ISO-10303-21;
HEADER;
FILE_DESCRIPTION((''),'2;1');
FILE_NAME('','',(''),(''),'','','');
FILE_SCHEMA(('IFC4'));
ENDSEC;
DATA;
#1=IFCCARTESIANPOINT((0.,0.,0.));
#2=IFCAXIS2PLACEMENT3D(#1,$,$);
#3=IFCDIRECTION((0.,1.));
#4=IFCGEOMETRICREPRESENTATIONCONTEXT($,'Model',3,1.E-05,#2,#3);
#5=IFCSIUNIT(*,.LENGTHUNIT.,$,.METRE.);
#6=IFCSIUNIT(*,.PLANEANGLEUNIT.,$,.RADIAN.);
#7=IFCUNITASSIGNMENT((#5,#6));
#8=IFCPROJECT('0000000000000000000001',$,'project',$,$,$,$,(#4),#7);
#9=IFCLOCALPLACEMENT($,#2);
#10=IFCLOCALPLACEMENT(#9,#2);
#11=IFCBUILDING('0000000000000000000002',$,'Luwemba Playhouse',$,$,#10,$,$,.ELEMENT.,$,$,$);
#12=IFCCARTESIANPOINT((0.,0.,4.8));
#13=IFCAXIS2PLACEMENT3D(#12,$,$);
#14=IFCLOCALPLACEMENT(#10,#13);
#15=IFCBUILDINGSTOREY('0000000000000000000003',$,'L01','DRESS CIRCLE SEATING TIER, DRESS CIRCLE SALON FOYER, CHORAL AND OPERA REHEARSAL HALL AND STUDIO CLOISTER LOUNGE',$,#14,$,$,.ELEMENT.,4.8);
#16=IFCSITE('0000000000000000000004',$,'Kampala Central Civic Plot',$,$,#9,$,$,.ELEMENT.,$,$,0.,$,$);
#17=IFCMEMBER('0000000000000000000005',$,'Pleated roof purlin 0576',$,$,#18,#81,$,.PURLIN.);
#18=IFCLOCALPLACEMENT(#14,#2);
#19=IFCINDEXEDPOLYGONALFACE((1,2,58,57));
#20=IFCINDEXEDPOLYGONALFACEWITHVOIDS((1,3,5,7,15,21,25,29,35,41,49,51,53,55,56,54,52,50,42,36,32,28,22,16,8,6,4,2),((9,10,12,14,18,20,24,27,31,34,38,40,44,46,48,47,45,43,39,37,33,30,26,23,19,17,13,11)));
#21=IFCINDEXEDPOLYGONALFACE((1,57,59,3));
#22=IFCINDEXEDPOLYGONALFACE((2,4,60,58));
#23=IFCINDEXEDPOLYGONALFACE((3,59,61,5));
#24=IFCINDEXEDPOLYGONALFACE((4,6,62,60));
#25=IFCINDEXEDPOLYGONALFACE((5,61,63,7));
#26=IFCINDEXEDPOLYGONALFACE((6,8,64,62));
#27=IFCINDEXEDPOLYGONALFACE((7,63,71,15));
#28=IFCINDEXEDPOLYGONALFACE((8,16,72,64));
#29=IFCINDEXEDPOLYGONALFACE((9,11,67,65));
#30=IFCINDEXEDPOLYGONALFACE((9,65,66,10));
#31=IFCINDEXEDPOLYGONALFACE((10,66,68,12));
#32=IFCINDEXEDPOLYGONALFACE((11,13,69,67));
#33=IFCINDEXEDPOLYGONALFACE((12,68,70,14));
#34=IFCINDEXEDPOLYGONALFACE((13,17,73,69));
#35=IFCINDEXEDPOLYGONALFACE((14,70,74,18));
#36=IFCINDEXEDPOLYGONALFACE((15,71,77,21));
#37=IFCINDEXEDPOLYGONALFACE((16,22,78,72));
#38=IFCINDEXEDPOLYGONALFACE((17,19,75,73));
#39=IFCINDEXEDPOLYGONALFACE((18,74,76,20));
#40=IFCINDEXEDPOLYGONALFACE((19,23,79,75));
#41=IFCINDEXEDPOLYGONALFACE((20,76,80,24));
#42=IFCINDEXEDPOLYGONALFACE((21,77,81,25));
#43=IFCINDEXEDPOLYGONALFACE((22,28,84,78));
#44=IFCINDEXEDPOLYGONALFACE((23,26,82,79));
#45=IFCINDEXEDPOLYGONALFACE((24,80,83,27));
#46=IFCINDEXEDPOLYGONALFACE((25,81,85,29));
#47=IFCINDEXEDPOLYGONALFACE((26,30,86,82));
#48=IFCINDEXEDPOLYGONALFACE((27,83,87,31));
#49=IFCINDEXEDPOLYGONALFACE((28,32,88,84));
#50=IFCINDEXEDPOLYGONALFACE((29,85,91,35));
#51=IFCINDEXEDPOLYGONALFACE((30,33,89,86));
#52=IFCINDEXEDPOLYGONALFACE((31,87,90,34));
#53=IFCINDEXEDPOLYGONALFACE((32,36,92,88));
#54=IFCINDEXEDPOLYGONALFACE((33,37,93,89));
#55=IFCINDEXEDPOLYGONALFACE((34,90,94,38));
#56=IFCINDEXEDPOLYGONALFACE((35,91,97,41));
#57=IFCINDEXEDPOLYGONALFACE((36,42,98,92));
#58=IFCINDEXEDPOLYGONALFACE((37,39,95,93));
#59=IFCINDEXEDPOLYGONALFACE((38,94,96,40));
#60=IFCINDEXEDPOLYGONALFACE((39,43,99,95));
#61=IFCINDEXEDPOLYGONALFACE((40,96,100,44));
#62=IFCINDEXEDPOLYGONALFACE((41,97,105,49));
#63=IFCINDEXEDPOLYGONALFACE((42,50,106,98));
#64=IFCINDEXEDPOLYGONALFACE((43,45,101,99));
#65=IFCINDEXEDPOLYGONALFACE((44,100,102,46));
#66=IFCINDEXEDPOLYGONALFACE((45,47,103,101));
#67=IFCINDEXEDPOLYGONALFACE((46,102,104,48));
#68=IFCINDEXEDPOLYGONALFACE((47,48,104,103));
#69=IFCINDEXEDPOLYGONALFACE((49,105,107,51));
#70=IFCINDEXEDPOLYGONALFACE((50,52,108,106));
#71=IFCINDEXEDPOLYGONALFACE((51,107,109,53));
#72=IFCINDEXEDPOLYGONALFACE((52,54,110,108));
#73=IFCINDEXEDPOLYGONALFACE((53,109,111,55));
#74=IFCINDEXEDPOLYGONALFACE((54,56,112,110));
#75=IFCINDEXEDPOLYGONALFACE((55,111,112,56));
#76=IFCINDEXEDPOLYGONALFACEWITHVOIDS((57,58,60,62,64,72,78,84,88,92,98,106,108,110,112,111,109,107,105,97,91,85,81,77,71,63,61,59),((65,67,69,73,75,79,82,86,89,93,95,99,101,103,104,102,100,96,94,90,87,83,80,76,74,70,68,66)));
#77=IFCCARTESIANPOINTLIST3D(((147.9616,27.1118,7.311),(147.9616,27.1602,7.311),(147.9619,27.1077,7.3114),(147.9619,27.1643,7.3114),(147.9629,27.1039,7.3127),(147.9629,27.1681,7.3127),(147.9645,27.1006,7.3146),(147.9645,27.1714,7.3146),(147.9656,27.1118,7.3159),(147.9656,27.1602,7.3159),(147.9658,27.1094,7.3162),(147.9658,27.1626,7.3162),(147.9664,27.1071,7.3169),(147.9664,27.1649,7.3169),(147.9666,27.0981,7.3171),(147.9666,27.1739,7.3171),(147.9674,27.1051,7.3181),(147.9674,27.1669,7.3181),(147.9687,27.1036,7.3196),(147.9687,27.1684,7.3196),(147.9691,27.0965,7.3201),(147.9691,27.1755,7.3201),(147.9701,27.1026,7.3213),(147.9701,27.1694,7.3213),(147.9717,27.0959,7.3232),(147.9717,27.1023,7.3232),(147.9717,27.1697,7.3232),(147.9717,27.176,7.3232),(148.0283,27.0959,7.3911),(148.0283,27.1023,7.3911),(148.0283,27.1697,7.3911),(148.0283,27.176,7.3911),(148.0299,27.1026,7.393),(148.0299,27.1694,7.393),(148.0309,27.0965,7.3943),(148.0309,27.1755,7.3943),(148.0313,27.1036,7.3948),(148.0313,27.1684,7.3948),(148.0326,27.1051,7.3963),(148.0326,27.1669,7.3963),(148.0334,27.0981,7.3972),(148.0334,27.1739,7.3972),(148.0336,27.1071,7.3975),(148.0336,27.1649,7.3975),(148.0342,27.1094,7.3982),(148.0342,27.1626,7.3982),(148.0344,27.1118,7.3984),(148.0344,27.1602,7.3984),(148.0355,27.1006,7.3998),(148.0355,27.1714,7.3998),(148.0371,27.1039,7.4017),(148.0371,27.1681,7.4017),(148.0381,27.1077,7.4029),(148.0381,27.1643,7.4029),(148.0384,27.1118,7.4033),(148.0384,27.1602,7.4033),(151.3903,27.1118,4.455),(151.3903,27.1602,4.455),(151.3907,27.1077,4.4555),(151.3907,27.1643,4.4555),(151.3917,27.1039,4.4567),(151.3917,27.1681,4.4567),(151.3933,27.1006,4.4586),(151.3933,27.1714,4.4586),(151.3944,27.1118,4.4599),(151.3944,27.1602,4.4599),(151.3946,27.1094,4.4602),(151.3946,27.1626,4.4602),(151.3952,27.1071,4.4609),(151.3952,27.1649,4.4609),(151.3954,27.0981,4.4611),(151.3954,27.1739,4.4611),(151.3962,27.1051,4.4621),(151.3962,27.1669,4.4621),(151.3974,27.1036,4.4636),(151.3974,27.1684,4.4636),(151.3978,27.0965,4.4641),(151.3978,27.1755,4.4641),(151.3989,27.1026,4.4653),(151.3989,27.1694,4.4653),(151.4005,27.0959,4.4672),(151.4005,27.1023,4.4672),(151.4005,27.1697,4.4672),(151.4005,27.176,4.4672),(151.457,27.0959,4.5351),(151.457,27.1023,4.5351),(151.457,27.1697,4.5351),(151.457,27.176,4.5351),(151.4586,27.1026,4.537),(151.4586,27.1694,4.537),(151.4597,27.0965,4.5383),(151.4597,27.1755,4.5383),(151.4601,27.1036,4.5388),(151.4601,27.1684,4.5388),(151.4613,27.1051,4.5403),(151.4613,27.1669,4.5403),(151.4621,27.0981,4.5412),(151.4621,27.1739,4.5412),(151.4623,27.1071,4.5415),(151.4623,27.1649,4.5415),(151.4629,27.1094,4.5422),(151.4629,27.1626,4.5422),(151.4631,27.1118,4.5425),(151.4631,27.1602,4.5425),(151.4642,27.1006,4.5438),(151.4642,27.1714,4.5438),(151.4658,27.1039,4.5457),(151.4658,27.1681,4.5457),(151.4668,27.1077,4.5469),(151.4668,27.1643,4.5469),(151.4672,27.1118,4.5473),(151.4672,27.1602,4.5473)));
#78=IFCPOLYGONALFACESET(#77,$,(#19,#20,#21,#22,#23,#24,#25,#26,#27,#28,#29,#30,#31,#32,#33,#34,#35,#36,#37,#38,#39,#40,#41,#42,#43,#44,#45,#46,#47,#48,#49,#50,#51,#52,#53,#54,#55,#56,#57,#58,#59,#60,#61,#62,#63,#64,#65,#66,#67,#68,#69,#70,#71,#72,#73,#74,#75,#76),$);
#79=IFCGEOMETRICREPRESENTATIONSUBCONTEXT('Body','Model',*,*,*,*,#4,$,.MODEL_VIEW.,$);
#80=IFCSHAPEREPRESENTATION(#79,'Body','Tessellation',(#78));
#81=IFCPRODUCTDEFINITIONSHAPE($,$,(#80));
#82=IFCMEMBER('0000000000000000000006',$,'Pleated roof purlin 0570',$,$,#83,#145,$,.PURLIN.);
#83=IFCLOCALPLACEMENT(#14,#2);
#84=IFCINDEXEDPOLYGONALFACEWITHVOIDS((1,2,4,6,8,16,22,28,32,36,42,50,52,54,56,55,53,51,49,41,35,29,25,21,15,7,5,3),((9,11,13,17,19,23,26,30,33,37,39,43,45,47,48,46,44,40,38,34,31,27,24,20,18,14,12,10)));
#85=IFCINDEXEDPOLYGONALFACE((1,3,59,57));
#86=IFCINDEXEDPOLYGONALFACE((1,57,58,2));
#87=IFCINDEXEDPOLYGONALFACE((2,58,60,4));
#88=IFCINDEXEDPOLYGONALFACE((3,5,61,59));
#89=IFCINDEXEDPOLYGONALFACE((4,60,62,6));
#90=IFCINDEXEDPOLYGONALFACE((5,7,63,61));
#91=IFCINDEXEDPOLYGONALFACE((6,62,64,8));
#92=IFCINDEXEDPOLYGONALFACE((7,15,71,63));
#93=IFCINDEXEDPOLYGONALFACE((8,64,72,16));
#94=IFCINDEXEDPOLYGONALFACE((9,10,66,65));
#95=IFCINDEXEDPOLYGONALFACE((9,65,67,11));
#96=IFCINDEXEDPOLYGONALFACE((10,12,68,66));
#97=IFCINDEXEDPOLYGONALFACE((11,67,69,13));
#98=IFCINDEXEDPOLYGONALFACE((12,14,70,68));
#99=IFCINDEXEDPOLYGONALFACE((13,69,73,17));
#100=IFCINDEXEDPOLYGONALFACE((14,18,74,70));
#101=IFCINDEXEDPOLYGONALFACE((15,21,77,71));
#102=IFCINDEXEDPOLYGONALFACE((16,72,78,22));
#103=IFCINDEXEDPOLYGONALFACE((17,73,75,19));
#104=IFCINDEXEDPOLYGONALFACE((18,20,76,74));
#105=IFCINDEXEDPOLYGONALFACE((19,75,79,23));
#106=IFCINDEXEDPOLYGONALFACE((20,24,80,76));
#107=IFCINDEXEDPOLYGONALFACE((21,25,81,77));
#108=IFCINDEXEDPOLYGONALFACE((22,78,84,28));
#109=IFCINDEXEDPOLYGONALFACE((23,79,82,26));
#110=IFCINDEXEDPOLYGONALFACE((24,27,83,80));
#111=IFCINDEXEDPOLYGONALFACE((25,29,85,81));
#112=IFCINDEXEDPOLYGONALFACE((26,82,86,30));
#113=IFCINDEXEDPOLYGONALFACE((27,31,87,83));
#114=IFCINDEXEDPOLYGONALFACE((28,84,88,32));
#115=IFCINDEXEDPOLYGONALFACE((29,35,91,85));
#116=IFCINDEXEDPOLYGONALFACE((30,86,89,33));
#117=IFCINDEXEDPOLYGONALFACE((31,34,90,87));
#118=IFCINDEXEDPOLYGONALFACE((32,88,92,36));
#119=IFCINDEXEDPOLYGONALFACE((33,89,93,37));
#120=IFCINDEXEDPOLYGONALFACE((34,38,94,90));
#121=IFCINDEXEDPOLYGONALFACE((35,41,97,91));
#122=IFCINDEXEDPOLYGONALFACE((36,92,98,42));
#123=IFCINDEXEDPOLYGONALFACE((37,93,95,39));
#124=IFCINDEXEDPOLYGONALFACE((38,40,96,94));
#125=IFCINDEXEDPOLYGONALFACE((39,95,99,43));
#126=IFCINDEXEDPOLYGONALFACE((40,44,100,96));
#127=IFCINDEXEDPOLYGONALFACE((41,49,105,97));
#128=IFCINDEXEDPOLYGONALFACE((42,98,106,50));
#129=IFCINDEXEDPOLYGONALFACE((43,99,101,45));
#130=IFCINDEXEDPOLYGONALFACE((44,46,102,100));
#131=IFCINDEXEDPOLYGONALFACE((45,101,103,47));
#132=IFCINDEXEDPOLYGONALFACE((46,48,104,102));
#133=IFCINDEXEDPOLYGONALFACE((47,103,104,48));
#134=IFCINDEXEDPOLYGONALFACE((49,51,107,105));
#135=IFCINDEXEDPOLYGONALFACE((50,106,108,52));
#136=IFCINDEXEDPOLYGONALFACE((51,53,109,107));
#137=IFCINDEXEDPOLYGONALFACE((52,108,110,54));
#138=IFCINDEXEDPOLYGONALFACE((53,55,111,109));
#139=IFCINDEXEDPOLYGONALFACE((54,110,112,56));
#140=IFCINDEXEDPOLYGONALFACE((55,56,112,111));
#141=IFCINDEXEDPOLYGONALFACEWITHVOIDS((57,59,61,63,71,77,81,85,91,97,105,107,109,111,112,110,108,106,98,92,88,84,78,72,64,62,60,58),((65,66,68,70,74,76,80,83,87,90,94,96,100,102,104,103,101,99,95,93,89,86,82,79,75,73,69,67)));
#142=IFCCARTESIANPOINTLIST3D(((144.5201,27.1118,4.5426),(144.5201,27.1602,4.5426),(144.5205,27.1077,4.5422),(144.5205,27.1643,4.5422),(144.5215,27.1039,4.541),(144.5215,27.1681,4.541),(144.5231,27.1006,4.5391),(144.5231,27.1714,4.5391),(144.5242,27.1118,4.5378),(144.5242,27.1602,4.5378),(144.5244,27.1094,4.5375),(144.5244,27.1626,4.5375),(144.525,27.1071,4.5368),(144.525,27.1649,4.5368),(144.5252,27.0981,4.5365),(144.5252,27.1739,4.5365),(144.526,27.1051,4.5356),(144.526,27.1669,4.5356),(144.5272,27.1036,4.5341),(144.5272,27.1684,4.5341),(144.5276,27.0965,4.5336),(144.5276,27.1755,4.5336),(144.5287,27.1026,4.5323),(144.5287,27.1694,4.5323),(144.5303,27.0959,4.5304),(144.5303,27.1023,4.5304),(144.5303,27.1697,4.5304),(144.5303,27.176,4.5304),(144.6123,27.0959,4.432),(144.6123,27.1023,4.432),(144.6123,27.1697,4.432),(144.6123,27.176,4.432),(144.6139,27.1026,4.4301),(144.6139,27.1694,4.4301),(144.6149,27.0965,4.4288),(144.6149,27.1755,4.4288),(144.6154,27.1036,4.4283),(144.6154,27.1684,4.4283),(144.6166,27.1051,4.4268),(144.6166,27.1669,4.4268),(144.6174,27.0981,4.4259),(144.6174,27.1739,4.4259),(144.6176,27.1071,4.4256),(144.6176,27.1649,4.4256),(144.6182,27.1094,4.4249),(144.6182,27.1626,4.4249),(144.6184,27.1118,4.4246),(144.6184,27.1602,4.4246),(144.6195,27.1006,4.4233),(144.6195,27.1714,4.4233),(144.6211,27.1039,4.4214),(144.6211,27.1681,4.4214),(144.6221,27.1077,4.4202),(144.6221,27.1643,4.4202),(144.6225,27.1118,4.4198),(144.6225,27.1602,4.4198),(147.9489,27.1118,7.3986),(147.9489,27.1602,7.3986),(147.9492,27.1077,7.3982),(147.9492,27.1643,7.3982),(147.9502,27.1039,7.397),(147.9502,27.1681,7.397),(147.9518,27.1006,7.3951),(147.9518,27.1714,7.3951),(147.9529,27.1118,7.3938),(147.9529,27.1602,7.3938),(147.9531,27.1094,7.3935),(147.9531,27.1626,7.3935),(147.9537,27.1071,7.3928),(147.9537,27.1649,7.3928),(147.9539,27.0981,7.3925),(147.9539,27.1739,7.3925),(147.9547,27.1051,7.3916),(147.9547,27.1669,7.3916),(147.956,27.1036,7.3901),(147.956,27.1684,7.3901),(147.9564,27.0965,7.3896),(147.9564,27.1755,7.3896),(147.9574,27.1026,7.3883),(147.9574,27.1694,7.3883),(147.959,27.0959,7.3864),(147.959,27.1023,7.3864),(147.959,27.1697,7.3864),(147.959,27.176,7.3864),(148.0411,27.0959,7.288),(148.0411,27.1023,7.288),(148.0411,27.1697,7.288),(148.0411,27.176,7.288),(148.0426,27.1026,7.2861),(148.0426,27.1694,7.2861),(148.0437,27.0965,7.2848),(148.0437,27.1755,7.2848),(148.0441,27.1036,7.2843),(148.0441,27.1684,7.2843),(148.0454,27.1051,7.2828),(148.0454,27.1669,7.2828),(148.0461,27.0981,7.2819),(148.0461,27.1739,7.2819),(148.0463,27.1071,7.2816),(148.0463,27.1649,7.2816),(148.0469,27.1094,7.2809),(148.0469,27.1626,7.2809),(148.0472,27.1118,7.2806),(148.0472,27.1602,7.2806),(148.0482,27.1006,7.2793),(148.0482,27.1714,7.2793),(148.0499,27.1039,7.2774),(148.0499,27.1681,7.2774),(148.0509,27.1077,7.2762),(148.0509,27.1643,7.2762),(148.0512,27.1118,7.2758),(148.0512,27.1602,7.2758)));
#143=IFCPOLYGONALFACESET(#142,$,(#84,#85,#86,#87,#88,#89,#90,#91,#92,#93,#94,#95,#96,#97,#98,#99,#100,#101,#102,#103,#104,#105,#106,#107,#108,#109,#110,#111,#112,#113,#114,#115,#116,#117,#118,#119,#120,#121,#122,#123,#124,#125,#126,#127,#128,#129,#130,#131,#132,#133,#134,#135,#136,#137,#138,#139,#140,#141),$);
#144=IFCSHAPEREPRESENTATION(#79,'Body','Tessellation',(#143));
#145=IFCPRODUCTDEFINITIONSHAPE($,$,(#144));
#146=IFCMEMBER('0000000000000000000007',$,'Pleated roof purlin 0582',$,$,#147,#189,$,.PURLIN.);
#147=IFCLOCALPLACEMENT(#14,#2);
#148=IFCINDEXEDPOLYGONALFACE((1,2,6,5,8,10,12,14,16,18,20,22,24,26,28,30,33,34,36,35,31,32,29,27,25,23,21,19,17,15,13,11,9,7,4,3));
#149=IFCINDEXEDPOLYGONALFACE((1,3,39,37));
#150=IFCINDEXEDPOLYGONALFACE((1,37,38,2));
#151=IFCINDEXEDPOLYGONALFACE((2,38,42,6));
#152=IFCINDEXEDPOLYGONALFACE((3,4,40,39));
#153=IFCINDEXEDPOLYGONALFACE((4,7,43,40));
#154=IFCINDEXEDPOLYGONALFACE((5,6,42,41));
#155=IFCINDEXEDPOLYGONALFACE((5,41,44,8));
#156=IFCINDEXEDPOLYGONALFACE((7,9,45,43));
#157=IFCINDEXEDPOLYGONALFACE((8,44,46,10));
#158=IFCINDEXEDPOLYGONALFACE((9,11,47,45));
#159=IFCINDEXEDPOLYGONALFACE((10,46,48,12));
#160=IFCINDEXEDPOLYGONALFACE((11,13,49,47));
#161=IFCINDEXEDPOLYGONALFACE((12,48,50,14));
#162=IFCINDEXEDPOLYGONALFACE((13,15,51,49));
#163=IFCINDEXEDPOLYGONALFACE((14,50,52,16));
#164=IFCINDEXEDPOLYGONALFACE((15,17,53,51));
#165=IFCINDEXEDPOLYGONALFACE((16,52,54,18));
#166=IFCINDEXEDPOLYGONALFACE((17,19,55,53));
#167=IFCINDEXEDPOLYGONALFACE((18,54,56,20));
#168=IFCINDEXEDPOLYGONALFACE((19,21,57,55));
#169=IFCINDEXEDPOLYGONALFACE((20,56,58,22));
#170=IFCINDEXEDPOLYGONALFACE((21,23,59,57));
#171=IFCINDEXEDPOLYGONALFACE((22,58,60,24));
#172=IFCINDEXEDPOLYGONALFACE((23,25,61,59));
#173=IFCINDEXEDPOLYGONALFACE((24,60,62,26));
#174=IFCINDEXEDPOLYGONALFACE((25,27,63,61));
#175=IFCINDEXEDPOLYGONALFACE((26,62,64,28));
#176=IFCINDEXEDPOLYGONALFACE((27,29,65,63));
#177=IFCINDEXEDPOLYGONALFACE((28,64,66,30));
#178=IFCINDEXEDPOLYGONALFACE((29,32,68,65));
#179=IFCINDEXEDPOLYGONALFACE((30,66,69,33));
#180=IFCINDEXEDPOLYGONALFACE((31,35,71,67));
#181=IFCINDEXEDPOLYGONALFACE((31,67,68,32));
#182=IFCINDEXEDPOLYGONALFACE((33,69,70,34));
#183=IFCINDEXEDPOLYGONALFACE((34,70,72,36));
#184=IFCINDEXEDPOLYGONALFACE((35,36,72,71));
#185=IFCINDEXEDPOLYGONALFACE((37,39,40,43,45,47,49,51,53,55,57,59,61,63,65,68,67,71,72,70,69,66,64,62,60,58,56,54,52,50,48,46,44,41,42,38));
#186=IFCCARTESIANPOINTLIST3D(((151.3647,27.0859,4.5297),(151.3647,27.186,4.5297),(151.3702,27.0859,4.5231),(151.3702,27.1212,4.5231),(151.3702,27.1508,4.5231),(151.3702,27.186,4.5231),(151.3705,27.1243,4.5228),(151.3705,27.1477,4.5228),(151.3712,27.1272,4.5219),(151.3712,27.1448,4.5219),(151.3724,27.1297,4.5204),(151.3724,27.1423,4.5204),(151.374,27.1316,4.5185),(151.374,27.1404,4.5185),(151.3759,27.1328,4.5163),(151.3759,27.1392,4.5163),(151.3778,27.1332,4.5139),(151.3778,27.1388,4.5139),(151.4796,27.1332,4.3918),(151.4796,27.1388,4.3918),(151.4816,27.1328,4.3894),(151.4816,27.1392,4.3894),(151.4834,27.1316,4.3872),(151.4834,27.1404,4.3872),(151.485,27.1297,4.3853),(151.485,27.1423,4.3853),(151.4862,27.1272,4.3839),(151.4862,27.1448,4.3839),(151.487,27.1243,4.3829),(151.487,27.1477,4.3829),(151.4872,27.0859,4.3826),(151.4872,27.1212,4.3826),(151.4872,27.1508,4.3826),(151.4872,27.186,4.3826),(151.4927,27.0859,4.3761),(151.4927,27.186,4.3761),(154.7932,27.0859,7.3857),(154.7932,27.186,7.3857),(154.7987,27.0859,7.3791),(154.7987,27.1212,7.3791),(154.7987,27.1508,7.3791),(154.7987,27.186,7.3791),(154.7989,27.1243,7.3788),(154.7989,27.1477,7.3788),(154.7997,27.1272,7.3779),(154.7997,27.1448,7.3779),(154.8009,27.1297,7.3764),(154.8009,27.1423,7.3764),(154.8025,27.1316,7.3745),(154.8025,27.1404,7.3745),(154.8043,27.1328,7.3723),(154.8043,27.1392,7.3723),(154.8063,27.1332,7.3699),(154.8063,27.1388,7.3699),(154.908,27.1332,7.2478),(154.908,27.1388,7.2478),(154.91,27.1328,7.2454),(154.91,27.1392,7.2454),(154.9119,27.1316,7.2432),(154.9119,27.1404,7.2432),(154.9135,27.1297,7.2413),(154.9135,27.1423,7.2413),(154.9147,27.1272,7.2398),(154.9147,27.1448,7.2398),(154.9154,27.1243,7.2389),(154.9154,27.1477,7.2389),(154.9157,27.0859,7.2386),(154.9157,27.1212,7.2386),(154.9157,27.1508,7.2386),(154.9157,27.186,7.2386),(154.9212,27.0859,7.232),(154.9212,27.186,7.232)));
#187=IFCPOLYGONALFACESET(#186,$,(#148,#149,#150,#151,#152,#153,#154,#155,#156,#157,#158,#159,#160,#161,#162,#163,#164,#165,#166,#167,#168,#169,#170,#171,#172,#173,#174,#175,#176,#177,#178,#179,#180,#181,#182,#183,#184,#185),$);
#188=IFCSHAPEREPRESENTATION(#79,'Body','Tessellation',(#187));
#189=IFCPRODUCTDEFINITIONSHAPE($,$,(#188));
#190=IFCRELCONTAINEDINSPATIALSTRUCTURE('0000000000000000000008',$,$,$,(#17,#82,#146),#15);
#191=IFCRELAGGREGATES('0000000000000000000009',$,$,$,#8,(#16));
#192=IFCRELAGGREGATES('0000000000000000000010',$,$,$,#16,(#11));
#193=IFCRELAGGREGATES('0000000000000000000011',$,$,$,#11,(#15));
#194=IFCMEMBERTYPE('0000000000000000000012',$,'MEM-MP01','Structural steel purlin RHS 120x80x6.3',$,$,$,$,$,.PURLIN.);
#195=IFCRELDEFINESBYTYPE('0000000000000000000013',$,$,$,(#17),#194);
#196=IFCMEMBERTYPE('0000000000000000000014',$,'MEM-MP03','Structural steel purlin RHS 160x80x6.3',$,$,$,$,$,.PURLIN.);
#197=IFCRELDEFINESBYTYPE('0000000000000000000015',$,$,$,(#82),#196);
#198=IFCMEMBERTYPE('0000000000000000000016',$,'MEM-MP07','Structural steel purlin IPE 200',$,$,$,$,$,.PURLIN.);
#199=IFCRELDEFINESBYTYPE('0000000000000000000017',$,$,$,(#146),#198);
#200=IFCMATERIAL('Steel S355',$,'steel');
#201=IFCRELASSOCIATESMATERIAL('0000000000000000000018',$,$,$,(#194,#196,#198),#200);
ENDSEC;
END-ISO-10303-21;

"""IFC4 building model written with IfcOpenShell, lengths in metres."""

from ifc_helpers import new_model, si_unit, direction, frame, origin, origin_2d, place, context, subcontext, project, spatial, hollow_rectangle, i_section, extrude, material, material_profile, profile_set, type_object, element, save


model = new_model("IFC4")

# Units and contexts
model_context = context("Model", 3, precision=1e-05, world=origin(), true_north=direction((0.0, 1.0)))
body_context = subcontext(model_context, "Body", "Model", "MODEL_VIEW")
ifc_project = project(units=[si_unit("LENGTHUNIT", "METRE"), si_unit("PLANEANGLEUNIT", "RADIAN")], contexts=[model_context])

# Site, building, storey
site_placement = place(None, origin())
site = spatial("IfcSite", under=ifc_project, at=site_placement, Name="Kampala Central Civic Plot", CompositionType="ELEMENT", RefElevation=0.0)
building_placement = place(site_placement, origin())
building = spatial("IfcBuilding", under=site, at=building_placement, Name="Luwemba Playhouse", CompositionType="ELEMENT")
storey_placement = place(building_placement, frame((0.0, 0.0, 4.8)))
storey = spatial("IfcBuildingStorey", under=building, at=storey_placement, Name="L01", Description="DRESS CIRCLE SEATING TIER, DRESS CIRCLE SALON FOYER, CHORAL AND OPERA REHEARSAL HALL AND STUDIO CLOISTER LOUNGE", CompositionType="ELEMENT", Elevation=4.8)

# Members
ifc_material_1 = material(Name="Steel S355", Category="steel")
ifc_material_profile_1 = material_profile(ifc_material_1, hollow_rectangle(XDim=0.0801, YDim=0.1201, WallThickness=0.0063, InnerFilletRadius=0.0095, OuterFilletRadius=0.0159, at=origin_2d()))
ifc_profile_set_1 = profile_set([ifc_material_profile_1], Name="Steel S355")
member_type_1 = type_object("IfcMemberType", Name="MEM-MP01", Description="Structural steel purlin RHS 120x80x6.3", PredefinedType="PURLIN", material=ifc_profile_set_1)
member_1_placement = place(storey_placement, frame((148.0, 27.136, 7.3572), z_axis=(0.768365, 0.0, -0.640012), x_axis=(0.0, 1.0, 0.0)))
element("IfcMember", 1, at=member_1_placement, inside=storey, type_object=member_type_1, Name="Pleated roof purlin 0576", PredefinedType="PURLIN", context=body_context, shape_type="SweptSolid", body=[
    extrude(hollow_rectangle(XDim=0.0801, YDim=0.1201, WallThickness=0.0063, InnerFilletRadius=0.0095, OuterFilletRadius=0.0159, at=origin_2d()), origin(), (0.0, 0.0, 1.0), 4.4624),
])
ifc_material_profile_2 = material_profile(ifc_material_1, hollow_rectangle(XDim=0.0801, YDim=0.1599, WallThickness=0.0063, InnerFilletRadius=0.0095, OuterFilletRadius=0.0159, at=origin_2d()))
ifc_profile_set_2 = profile_set([ifc_material_profile_2], Name="Steel S355")
member_type_2 = type_object("IfcMemberType", Name="MEM-MP03", Description="Structural steel purlin RHS 160x80x6.3", PredefinedType="PURLIN", material=ifc_profile_set_2)
member_2_placement = place(storey_placement, frame((144.5713, 27.136, 4.4812), z_axis=(0.768365, 0.0, 0.640012), x_axis=(0.0, 1.0, 0.0)))
element("IfcMember", 2, at=member_2_placement, inside=storey, type_object=member_type_2, Name="Pleated roof purlin 0570", PredefinedType="PURLIN", context=body_context, shape_type="SweptSolid", body=[
    extrude(hollow_rectangle(XDim=0.0801, YDim=0.1599, WallThickness=0.0063, InnerFilletRadius=0.0095, OuterFilletRadius=0.0159, at=origin_2d()), origin(), (0.0, 0.0, 1.0), 4.4624),
])
ifc_material_profile_3 = material_profile(ifc_material_1, i_section(OverallWidth=0.1001, OverallDepth=0.2, WebThickness=0.0056, FlangeThickness=0.0085, FilletRadius=0.012, at=origin_2d()))
ifc_profile_set_3 = profile_set([ifc_material_profile_3], Name="Steel S355")
member_type_3 = type_object("IfcMemberType", Name="MEM-MP07", Description="Structural steel purlin IPE 200", PredefinedType="PURLIN", material=ifc_profile_set_3)
member_3_placement = place(storey_placement, frame((151.4287, 27.136, 4.4529), z_axis=(0.768342, 0.0, 0.640039), x_axis=(0.0, 1.0, 0.0)))
element("IfcMember", 3, at=member_3_placement, inside=storey, type_object=member_type_3, Name="Pleated roof purlin 0582", PredefinedType="PURLIN", context=body_context, shape_type="SweptSolid", body=[
    extrude(i_section(OverallWidth=0.1001, OverallDepth=0.2, WebThickness=0.0056, FlangeThickness=0.0085, FilletRadius=0.012, at=origin_2d()), origin(), (0.0, 0.0, 1.0), 4.4622),
])

save(model, "model.ifc")
